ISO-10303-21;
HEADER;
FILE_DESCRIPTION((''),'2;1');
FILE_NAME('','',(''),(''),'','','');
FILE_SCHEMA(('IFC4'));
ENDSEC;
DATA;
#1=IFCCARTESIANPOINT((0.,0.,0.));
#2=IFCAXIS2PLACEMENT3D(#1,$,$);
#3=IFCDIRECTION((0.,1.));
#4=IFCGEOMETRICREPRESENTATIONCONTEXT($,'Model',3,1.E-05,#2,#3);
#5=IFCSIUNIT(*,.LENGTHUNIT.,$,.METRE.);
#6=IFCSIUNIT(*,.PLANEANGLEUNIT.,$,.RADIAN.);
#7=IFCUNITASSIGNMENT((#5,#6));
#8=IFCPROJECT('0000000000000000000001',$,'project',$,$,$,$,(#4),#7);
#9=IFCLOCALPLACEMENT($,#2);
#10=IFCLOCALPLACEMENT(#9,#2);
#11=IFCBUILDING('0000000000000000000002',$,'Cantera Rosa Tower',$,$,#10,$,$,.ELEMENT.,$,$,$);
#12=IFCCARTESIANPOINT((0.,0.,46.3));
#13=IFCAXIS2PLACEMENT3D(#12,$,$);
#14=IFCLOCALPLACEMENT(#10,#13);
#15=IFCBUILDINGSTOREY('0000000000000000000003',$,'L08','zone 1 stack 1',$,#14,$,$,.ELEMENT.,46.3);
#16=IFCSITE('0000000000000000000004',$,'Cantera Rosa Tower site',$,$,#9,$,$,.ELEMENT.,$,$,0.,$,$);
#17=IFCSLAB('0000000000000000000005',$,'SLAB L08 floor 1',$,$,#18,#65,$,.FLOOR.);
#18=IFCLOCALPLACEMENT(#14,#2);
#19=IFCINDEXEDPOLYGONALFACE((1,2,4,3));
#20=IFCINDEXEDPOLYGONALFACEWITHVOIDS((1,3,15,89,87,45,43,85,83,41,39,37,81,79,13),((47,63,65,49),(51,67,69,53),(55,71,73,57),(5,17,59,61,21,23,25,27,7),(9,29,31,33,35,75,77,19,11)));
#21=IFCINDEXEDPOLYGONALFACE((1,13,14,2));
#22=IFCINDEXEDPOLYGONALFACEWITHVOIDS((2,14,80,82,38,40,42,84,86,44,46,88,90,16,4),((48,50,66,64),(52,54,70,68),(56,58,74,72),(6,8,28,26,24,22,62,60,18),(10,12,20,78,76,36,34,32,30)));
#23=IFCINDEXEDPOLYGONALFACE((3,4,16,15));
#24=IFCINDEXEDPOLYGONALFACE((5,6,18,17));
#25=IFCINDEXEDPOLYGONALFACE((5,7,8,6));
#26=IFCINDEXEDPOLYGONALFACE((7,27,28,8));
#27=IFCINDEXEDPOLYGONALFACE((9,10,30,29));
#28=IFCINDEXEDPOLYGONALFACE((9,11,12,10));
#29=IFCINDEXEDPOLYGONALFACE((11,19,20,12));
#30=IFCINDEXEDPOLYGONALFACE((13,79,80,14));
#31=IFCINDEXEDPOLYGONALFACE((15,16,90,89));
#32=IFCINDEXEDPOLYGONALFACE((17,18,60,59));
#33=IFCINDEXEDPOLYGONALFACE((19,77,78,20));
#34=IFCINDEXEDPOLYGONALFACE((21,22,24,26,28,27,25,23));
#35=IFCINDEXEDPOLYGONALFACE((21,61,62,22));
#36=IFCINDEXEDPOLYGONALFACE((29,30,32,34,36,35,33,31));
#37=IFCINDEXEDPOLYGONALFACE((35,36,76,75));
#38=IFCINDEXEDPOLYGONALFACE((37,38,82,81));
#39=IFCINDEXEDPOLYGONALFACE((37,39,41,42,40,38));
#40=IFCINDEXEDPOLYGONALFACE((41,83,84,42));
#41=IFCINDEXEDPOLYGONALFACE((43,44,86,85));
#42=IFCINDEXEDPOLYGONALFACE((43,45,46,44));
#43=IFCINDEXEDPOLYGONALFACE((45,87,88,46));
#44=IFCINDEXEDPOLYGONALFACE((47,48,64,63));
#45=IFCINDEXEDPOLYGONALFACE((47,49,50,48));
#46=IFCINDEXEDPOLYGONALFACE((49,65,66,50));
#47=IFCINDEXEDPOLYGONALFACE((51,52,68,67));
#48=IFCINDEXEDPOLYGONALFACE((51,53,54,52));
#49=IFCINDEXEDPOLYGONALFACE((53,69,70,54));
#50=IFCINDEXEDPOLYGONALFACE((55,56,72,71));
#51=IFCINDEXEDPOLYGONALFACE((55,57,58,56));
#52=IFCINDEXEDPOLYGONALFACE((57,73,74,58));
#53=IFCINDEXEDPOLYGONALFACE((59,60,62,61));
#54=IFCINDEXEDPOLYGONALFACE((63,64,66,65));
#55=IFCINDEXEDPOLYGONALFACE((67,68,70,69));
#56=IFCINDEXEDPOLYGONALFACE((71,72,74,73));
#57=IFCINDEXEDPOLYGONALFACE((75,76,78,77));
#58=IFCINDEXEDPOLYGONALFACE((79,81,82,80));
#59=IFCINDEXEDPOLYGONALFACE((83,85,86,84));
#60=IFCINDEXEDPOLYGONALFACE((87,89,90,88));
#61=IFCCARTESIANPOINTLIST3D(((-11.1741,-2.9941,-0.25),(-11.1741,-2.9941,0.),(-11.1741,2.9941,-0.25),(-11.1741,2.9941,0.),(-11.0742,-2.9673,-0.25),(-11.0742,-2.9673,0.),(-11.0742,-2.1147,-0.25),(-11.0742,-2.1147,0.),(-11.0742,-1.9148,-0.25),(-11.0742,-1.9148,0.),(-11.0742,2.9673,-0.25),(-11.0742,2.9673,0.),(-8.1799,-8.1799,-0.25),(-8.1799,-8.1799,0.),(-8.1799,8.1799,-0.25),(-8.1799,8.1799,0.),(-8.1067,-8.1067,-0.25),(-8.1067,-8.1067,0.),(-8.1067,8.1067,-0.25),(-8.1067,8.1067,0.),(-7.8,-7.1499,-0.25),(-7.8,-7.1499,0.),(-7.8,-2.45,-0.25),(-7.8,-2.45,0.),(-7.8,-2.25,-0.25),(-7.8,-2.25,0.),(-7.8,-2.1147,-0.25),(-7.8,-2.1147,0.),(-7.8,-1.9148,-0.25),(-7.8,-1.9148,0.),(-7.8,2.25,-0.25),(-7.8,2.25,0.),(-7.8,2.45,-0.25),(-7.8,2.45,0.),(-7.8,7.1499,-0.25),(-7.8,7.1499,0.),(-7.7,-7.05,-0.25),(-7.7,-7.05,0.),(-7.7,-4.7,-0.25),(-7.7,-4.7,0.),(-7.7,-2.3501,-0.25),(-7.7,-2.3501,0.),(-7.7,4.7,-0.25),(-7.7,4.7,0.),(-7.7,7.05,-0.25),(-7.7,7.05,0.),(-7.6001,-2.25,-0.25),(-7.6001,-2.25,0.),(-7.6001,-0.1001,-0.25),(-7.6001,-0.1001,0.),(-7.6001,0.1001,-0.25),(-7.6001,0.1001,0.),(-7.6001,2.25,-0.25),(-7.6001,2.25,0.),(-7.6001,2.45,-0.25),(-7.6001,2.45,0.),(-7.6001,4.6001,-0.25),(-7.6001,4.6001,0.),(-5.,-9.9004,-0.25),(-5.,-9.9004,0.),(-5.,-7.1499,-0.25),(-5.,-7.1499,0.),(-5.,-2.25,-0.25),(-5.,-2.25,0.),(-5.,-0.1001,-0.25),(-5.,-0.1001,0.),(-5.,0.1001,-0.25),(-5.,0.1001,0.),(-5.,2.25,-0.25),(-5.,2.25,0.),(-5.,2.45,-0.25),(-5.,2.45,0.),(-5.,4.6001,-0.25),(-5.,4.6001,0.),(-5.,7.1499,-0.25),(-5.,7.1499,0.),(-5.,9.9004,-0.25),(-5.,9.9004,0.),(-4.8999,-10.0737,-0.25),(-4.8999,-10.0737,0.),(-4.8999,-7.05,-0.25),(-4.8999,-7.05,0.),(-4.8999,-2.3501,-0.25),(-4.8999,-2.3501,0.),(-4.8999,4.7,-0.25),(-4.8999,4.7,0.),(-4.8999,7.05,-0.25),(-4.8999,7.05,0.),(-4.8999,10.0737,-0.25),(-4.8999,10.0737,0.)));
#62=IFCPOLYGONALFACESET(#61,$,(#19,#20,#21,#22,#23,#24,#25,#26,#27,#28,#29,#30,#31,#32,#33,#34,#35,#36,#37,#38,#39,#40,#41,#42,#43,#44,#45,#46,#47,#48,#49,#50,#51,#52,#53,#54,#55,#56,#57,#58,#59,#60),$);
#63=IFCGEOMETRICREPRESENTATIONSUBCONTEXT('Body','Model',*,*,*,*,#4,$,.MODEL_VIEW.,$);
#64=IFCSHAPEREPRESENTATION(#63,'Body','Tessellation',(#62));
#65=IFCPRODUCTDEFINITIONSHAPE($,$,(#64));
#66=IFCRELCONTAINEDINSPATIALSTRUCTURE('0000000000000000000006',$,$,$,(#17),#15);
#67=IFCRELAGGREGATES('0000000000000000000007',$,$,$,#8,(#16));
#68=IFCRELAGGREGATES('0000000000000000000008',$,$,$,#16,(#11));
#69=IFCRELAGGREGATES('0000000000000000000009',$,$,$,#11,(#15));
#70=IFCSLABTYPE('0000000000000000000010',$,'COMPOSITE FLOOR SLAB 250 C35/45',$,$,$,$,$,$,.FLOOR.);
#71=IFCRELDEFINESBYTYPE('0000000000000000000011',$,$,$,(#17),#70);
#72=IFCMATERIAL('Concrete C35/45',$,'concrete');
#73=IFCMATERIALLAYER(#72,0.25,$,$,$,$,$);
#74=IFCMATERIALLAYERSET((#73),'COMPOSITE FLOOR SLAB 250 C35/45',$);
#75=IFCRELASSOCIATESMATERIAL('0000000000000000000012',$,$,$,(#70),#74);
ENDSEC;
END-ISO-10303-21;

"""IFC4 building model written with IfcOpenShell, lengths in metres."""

from ifc_helpers import new_model, si_unit, direction, frame, origin, place, context, subcontext, project, spatial, polyline, outline, extrude, material, layer, layer_set, type_object, element, save


model = new_model("IFC4")

# Units and contexts
model_context = context("Model", 3, precision=1e-05, world=origin(), true_north=direction((0.0, 1.0)))
body_context = subcontext(model_context, "Body", "Model", "MODEL_VIEW")
ifc_project = project(units=[si_unit("LENGTHUNIT", "METRE"), si_unit("PLANEANGLEUNIT", "RADIAN")], contexts=[model_context])

# Site, building, storey
site_placement = place(None, origin())
site = spatial("IfcSite", under=ifc_project, at=site_placement, Name="Cantera Rosa Tower site", CompositionType="ELEMENT", RefElevation=0.0)
building_placement = place(site_placement, origin())
building = spatial("IfcBuilding", under=site, at=building_placement, Name="Cantera Rosa Tower", CompositionType="ELEMENT")
storey_placement = place(building_placement, frame((0.0, 0.0, 46.3)))
storey = spatial("IfcBuildingStorey", under=building, at=storey_placement, Name="L08", Description="zone 1 stack 1", CompositionType="ELEMENT", Elevation=46.3)

# Slab
ifc_material_1 = material(Name="Concrete C35/45", Category="concrete")
ifc_layer_1 = layer(ifc_material_1, 0.25)
ifc_layer_set_1 = layer_set([ifc_layer_1], Name="COMPOSITE FLOOR SLAB 250 C35/45")
slab_type_1 = type_object("IfcSlabType", Name="COMPOSITE FLOOR SLAB 250 C35/45", PredefinedType="FLOOR", material=ifc_layer_set_1)
slab_1_placement = place(storey_placement, frame((0.0, 0.0, -0.25)))
element("IfcSlab", 1, at=slab_1_placement, inside=storey, type_object=slab_type_1, Name="SLAB L08 floor 1", PredefinedType="FLOOR", context=body_context, shape_type="SweptSolid", body=[
    extrude(outline(polyline([(-7.7, -7.05), (-4.8999, -7.05), (-4.8999, -10.0737), (-8.1799, -8.1799), (-11.1741, -2.9941), (-11.1741, 2.9941), (-8.1799, 8.1799), (-4.8999, 10.0737), (-4.8999, 7.05), (-7.7, 7.05), (-7.7, 4.7), (-4.8999, 4.7), (-4.8999, -2.3501), (-7.7, -2.3501), (-7.7, -4.7), (-7.7, -7.05)]), holes=[polyline([(-5.0, -9.9004), (-5.0, -7.1499), (-7.8, -7.1499), (-7.8, -2.45), (-7.8, -2.25), (-7.8, -2.1147), (-11.0742, -2.1147), (-11.0742, -2.9673), (-8.1067, -8.1067), (-5.0, -9.9004)]), polyline([(-7.6001, -0.1001), (-7.6001, -2.25), (-5.0, -2.25), (-5.0, -0.1001), (-7.6001, -0.1001)]), polyline([(-7.6001, 2.25), (-7.6001, 0.1001), (-5.0, 0.1001), (-5.0, 2.25), (-7.6001, 2.25)]), polyline([(-7.6001, 4.6001), (-7.6001, 2.45), (-5.0, 2.45), (-5.0, 4.6001), (-7.6001, 4.6001)]), polyline([(-11.0742, 2.9673), (-11.0742, -1.9148), (-7.8, -1.9148), (-7.8, 2.25), (-7.8, 2.45), (-7.8, 7.1499), (-5.0, 7.1499), (-5.0, 9.9004), (-8.1067, 8.1067), (-11.0742, 2.9673)])]), origin(), (0.0, 0.0, 1.0), 0.25),
])

save(model, "model.ifc")
